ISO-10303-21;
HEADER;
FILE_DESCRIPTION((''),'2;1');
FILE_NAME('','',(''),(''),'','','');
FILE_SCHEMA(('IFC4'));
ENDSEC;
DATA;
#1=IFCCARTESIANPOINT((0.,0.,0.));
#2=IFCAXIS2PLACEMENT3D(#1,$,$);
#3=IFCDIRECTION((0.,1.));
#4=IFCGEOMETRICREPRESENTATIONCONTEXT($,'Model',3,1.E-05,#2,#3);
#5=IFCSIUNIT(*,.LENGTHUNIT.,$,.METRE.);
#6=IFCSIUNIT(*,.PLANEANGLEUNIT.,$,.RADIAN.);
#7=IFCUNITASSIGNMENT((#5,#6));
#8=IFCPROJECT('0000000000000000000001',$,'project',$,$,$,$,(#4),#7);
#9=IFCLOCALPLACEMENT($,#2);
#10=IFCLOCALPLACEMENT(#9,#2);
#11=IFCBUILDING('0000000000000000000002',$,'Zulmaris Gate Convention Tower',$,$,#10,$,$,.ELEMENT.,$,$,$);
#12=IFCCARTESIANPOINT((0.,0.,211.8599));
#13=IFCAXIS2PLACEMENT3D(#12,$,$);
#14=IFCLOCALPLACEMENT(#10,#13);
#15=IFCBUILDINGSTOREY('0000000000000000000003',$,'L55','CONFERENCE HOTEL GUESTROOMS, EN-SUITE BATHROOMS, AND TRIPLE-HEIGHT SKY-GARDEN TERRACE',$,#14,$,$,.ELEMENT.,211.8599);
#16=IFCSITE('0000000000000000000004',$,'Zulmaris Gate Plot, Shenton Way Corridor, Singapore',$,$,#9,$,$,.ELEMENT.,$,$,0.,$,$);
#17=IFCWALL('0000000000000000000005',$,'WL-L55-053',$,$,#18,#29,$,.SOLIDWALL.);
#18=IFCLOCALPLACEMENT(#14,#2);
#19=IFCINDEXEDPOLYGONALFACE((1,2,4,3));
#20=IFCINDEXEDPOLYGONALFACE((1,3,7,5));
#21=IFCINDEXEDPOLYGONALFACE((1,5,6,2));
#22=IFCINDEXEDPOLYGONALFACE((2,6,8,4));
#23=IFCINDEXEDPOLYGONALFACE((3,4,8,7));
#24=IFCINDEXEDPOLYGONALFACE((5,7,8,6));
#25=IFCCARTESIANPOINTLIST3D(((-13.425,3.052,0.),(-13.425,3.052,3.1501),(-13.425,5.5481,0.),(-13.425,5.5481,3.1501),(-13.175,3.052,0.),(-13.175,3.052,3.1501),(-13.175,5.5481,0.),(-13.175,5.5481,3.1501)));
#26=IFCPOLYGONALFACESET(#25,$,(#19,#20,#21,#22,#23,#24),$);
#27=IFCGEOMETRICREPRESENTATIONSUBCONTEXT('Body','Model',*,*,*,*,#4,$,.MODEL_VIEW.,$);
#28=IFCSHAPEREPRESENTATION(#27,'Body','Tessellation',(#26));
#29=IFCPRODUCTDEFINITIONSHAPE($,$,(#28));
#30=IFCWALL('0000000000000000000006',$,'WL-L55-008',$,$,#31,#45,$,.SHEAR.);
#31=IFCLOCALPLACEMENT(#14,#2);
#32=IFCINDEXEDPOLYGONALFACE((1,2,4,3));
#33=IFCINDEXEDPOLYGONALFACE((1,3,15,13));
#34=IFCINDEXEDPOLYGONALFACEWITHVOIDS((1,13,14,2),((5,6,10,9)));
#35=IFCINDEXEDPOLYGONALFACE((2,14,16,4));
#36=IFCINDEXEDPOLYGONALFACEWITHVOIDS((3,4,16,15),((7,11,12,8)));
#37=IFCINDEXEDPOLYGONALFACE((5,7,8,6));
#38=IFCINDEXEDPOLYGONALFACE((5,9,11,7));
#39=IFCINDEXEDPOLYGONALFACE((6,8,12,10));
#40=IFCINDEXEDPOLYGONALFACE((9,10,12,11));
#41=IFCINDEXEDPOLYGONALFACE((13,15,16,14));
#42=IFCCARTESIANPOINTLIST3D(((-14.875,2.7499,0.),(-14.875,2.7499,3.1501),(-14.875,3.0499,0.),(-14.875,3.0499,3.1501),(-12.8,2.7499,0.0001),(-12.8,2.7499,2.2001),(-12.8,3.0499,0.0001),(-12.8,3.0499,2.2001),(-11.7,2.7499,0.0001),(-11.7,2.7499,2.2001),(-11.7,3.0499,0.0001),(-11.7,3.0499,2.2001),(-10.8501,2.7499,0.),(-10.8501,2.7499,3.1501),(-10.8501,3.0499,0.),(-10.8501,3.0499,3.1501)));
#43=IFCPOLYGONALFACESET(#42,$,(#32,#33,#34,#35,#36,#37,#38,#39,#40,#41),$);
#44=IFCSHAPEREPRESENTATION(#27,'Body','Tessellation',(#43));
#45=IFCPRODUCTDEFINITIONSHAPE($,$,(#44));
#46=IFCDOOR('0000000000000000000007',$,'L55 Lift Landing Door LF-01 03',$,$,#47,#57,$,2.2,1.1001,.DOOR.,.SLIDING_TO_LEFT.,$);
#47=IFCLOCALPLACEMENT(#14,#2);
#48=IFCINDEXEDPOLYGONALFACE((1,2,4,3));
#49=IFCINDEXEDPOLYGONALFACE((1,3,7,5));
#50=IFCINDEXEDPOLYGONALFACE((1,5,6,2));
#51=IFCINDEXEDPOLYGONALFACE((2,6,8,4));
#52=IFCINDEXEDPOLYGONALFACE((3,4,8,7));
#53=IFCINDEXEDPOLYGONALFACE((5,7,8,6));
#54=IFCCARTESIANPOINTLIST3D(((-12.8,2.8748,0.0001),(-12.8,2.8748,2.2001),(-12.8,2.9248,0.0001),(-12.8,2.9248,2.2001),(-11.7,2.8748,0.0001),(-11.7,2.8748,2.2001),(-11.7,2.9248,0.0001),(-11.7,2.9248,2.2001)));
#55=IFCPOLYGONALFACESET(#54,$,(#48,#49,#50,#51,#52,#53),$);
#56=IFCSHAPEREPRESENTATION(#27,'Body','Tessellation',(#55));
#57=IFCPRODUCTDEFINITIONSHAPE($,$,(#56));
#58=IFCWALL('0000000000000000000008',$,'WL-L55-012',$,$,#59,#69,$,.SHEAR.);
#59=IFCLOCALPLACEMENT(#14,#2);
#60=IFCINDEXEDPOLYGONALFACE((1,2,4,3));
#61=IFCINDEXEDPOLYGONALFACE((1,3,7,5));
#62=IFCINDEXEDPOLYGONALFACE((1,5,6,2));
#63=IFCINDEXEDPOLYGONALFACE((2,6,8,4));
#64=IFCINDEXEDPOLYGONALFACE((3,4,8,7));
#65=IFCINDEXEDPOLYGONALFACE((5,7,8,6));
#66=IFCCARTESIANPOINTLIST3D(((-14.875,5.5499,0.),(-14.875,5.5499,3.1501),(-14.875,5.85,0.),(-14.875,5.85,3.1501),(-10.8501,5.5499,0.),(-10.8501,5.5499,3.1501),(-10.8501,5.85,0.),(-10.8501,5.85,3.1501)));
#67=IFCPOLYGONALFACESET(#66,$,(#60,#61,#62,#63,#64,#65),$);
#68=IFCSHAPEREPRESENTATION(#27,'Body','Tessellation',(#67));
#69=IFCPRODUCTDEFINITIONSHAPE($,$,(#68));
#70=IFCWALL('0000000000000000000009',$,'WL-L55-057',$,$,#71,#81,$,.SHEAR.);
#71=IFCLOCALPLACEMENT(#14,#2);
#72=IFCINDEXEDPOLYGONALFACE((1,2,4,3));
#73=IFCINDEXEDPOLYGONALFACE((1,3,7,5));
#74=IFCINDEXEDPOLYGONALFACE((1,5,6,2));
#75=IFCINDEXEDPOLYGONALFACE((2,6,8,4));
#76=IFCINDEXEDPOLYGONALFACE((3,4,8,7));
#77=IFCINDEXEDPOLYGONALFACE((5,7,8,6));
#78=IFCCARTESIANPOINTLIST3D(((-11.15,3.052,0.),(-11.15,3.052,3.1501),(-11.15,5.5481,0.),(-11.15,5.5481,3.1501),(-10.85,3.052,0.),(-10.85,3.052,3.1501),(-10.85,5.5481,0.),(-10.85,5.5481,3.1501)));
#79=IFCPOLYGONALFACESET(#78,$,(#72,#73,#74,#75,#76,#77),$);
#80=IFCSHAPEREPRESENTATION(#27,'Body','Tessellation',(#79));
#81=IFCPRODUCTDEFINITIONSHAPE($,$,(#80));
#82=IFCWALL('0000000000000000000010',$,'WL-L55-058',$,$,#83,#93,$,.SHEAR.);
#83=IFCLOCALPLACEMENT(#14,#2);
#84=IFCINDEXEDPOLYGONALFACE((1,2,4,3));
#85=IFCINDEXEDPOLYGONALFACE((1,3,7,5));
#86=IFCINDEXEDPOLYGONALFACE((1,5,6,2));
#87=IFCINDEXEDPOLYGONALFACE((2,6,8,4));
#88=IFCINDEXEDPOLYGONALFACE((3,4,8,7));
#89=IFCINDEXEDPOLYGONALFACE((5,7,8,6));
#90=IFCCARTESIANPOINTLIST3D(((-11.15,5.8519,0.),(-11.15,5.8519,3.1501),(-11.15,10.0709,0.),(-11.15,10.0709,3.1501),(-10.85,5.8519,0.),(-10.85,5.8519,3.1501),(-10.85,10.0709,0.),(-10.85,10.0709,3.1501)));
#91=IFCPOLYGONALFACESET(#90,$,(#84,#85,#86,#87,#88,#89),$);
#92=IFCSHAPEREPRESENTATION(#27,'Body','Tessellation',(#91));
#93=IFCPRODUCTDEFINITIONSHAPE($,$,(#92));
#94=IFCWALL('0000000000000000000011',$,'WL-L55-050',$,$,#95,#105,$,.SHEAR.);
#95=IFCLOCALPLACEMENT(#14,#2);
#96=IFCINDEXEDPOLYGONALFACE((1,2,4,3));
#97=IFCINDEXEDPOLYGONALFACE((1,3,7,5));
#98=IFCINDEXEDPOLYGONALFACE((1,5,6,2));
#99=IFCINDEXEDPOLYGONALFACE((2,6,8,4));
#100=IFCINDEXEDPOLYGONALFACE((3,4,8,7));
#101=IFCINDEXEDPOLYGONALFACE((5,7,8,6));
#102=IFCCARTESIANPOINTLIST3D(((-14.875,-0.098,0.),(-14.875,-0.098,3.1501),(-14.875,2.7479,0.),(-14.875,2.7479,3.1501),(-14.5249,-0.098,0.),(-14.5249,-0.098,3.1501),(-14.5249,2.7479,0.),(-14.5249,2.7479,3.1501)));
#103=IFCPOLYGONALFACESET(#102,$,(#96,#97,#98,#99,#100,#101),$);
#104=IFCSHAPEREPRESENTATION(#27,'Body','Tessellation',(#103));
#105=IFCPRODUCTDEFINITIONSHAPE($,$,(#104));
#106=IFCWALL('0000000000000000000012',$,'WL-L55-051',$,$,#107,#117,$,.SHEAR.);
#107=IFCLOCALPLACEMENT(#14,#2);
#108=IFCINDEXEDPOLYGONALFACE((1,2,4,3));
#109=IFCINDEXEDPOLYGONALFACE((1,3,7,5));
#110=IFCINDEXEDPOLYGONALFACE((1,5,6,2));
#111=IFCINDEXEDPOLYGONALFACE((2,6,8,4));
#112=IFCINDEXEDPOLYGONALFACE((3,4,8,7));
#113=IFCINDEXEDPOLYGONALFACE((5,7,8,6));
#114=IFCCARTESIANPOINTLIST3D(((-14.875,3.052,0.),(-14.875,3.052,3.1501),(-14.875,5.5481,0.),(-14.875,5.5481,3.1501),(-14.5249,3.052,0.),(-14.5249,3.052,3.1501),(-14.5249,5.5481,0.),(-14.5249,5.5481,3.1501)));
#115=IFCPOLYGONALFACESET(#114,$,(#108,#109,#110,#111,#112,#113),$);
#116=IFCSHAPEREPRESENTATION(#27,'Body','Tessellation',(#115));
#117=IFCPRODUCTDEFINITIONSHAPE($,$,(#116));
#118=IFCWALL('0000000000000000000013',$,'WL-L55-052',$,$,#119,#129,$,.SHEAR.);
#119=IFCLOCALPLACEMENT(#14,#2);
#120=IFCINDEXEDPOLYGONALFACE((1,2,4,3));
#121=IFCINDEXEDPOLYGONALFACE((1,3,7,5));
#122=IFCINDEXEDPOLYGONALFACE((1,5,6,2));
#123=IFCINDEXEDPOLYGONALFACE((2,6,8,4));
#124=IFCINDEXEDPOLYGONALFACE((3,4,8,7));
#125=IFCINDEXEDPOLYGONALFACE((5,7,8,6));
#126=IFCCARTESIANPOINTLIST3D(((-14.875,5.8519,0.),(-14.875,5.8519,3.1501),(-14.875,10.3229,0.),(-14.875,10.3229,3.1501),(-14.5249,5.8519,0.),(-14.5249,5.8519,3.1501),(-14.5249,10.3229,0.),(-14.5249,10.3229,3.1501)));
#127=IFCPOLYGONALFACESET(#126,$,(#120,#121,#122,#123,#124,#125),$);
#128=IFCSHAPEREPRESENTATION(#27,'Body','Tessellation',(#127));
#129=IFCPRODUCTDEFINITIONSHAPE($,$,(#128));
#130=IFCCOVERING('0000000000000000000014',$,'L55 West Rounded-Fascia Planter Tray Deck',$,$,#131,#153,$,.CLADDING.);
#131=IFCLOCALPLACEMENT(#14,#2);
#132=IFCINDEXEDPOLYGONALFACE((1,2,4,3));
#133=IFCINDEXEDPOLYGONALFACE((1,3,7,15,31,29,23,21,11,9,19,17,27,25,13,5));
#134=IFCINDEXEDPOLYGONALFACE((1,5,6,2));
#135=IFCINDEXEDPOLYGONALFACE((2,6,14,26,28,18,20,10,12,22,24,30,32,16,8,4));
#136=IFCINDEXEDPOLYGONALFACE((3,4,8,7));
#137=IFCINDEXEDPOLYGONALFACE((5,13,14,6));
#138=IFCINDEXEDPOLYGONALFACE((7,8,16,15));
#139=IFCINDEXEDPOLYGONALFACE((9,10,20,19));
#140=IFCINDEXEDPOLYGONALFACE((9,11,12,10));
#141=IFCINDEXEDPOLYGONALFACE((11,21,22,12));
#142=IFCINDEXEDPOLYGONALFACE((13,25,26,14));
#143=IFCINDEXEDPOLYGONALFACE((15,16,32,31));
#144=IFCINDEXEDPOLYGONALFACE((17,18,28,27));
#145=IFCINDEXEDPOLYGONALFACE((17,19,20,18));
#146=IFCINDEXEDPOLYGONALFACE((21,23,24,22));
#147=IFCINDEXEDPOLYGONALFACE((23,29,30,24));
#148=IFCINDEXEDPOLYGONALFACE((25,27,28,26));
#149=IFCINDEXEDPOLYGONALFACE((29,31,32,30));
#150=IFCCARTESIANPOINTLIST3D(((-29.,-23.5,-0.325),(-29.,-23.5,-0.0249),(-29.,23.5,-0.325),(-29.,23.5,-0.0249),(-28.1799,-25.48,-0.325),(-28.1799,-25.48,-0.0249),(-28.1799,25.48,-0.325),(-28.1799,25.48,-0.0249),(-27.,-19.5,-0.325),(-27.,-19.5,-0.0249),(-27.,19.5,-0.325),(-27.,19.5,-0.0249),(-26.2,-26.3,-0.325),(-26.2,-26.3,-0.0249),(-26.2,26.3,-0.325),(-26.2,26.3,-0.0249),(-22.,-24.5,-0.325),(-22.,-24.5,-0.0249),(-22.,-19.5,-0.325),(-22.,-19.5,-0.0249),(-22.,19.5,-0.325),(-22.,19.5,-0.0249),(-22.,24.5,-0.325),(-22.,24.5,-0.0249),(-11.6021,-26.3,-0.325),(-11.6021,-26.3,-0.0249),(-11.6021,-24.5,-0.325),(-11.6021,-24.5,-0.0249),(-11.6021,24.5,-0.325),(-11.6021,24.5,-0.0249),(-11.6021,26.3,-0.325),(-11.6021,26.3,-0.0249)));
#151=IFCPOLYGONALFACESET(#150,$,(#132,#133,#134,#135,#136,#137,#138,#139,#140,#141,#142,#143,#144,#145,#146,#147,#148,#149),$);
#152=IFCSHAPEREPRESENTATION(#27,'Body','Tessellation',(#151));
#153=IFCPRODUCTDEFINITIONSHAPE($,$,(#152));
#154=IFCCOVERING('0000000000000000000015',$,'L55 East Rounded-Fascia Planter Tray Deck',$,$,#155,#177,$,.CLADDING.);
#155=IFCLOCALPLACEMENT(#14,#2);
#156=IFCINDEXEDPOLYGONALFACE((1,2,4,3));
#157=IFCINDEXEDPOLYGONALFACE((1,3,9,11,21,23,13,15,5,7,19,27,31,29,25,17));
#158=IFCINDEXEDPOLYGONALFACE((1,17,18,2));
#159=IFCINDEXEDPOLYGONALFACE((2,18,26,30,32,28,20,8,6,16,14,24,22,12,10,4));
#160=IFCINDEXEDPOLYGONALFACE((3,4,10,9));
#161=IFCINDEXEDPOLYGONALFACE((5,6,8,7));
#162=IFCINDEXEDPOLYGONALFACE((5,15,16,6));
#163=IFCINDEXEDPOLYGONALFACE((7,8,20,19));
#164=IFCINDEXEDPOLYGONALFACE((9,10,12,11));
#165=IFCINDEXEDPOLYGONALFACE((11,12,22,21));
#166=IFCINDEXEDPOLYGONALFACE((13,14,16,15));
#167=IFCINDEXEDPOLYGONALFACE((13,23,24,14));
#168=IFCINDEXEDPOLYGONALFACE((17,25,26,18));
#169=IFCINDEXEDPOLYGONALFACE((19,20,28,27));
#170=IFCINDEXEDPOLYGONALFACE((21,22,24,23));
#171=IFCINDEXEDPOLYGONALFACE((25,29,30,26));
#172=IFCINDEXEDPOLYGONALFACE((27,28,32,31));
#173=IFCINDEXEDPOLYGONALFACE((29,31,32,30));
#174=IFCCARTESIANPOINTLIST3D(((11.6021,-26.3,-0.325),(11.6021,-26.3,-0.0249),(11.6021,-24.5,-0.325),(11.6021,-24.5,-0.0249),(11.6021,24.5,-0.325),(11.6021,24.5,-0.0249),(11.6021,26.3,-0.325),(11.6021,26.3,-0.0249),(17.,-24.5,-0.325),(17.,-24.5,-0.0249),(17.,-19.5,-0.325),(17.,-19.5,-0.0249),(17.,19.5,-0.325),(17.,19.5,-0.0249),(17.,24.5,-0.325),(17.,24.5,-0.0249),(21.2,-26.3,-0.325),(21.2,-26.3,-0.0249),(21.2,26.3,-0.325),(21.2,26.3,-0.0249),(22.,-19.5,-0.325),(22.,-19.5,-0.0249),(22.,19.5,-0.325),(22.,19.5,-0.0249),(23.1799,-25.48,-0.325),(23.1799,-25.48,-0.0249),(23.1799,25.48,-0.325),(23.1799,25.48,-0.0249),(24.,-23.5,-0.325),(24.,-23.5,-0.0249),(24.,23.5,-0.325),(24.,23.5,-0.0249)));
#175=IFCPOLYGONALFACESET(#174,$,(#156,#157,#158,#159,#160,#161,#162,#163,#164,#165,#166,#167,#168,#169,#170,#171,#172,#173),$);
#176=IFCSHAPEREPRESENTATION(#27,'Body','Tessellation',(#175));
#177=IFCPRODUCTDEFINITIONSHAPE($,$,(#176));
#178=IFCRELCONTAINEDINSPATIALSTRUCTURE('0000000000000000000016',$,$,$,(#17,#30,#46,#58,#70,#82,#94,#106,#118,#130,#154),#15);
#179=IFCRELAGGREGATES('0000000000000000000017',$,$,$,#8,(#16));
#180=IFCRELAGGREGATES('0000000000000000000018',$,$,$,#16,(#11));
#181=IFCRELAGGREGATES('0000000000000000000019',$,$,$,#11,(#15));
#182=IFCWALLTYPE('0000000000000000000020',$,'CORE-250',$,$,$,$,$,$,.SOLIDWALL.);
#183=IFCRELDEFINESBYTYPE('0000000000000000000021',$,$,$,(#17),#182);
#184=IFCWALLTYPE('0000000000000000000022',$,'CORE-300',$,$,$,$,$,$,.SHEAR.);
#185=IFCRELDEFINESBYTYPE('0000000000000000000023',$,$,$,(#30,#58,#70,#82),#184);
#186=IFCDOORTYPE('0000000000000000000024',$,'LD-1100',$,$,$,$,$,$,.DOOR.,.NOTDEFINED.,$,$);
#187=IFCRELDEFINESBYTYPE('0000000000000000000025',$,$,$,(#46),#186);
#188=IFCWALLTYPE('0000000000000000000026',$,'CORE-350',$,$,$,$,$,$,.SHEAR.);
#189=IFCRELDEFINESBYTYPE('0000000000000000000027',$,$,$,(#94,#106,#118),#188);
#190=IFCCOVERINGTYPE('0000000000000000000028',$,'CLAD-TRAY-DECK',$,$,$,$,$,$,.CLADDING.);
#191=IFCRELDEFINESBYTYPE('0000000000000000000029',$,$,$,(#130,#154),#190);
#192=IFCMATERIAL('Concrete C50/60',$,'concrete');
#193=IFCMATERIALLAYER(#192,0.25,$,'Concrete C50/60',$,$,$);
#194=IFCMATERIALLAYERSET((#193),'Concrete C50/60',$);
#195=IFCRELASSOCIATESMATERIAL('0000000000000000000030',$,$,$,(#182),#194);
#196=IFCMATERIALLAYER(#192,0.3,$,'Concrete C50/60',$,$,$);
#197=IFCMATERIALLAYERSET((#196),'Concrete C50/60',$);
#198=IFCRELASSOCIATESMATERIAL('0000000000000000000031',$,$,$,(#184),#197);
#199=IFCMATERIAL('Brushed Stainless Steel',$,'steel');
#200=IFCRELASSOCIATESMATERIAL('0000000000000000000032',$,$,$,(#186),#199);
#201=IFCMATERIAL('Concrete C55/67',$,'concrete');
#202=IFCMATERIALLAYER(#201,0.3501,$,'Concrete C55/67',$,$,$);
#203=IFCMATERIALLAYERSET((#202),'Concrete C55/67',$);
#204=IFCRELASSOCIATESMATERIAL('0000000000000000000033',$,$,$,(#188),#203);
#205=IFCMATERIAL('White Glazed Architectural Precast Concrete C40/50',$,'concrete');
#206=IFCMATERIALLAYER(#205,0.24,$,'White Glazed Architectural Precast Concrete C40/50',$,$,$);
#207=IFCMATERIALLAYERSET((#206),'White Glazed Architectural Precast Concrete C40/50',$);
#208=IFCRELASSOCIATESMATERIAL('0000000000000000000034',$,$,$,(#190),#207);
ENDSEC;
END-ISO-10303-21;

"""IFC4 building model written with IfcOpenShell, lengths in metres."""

from ifc_helpers import new_model, si_unit, direction, frame, frame_2d, origin, place, context, subcontext, project, spatial, polyline, rectangle, outline, extrude, material, layer, layer_set, type_object, element, fill, save


model = new_model("IFC4")

# Units and contexts
model_context = context("Model", 3, precision=1e-05, world=origin(), true_north=direction((0.0, 1.0)))
body_context = subcontext(model_context, "Body", "Model", "MODEL_VIEW")
ifc_project = project(units=[si_unit("LENGTHUNIT", "METRE"), si_unit("PLANEANGLEUNIT", "RADIAN")], contexts=[model_context])

# Site, building, storey
site_placement = place(None, origin())
site = spatial("IfcSite", under=ifc_project, at=site_placement, Name="Zulmaris Gate Plot, Shenton Way Corridor, Singapore", CompositionType="ELEMENT", RefElevation=0.0)
building_placement = place(site_placement, origin())
building = spatial("IfcBuilding", under=site, at=building_placement, Name="Zulmaris Gate Convention Tower", CompositionType="ELEMENT")
storey_placement = place(building_placement, frame((0.0, 0.0, 211.8599)))
storey = spatial("IfcBuildingStorey", under=building, at=storey_placement, Name="L55", Description="CONFERENCE HOTEL GUESTROOMS, EN-SUITE BATHROOMS, AND TRIPLE-HEIGHT SKY-GARDEN TERRACE", CompositionType="ELEMENT", Elevation=211.8599)

# Shared definitions
ifc_material_1 = material(Name="Concrete C50/60", Category="concrete")

# Wall
ifc_layer_1 = layer(ifc_material_1, 0.25, Name="Concrete C50/60")
ifc_layer_set_1 = layer_set([ifc_layer_1], Name="Concrete C50/60")
wall_type_1 = type_object("IfcWallType", Name="CORE-250", PredefinedType="SOLIDWALL", material=ifc_layer_set_1)
wall_1_placement = place(storey_placement, frame((-13.3, 3.052, 0.0), z_axis=(0.0, 0.0, 1.0), x_axis=(0.0, 1.0, 0.0)))
element("IfcWall", 1, at=wall_1_placement, inside=storey, type_object=wall_type_1, Name="WL-L55-053", PredefinedType="SOLIDWALL", context=body_context, shape_type="SweptSolid", body=[
    extrude(rectangle(XDim=2.4961, YDim=0.25, at=frame_2d((1.248, 0.0))), origin(), (0.0, 0.0, 1.0), 3.1501),
])

# Wall, opening, door
ifc_layer_2 = layer(ifc_material_1, 0.3, Name="Concrete C50/60")
ifc_layer_set_2 = layer_set([ifc_layer_2], Name="Concrete C50/60")
wall_type_2 = type_object("IfcWallType", Name="CORE-300", PredefinedType="SHEAR", material=ifc_layer_set_2)
wall_2_placement = place(storey_placement, frame((-14.875, 2.8999, 0.0), z_axis=(0.0, 0.0, 1.0), x_axis=(1.0, 0.0, 0.0)))
wall_2 = element("IfcWall", 2, at=wall_2_placement, inside=storey, type_object=wall_type_2, Name="WL-L55-008", PredefinedType="SHEAR", context=body_context, shape_type="SweptSolid", body=[
    extrude(rectangle(XDim=4.0249, YDim=0.3, at=frame_2d((2.0125, 0.0))), origin(), (0.0, 0.0, 1.0), 3.1501),
])
opening_1_placement = place(wall_2_placement, frame((2.075, 0.0, 0.0)))
opening_1 = element("IfcOpeningElement", 3, at=opening_1_placement, cuts=wall_2, PredefinedType="OPENING", context=body_context, shape_type="SweptSolid", body=[
    extrude(rectangle(XDim=1.1001, YDim=2.2, at=frame_2d((0.55, 1.1001))), frame((0.0, 0.1602, 0.0), z_axis=(0.0, -1.0, 0.0), x_axis=(1.0, 0.0, 0.0)), (0.0, 0.0, 1.0), 0.3201),
])
ifc_material_2 = material(Name="Brushed Stainless Steel", Category="steel")
door_type_1 = type_object("IfcDoorType", Name="LD-1100", OperationType="NOTDEFINED", PredefinedType="DOOR", material=ifc_material_2)
door_1_placement = place(opening_1_placement, origin())
door_1 = element("IfcDoor", 4, at=door_1_placement, inside=storey, type_object=door_type_1, Name="L55 Lift Landing Door LF-01 03", OperationType="SLIDING_TO_LEFT", OverallHeight=2.2, OverallWidth=1.1001, PredefinedType="DOOR", context=body_context, shape_type="SweptSolid", body=[
    extrude(rectangle(XDim=1.1001, YDim=2.2, at=frame_2d((0.55, 1.1001))), frame((0.0, 0.0249, 0.0), z_axis=(0.0, -1.0, 0.0), x_axis=(1.0, 0.0, 0.0)), (0.0, 0.0, 1.0), 0.05),
])
fill(opening_1, door_1)

# Wall
wall_3_placement = place(storey_placement, frame((-14.875, 5.7, 0.0), z_axis=(0.0, 0.0, 1.0), x_axis=(1.0, 0.0, 0.0)))
element("IfcWall", 5, at=wall_3_placement, inside=storey, type_object=wall_type_2, Name="WL-L55-012", PredefinedType="SHEAR", context=body_context, shape_type="SweptSolid", body=[
    extrude(rectangle(XDim=4.0249, YDim=0.3, at=frame_2d((2.0125, 0.0))), origin(), (0.0, 0.0, 1.0), 3.1501),
])

# Walls
wall_4_placement = place(storey_placement, frame((-11.0, 3.052, 0.0), z_axis=(0.0, 0.0, 1.0), x_axis=(0.0, 1.0, 0.0)))
element("IfcWall", 6, at=wall_4_placement, inside=storey, type_object=wall_type_2, Name="WL-L55-057", PredefinedType="SHEAR", context=body_context, shape_type="SweptSolid", body=[
    extrude(rectangle(XDim=2.4961, YDim=0.3, at=frame_2d((1.248, 0.0))), origin(), (0.0, 0.0, 1.0), 3.1501),
])
wall_5_placement = place(storey_placement, frame((-11.0, 5.8521, 0.0), z_axis=(0.0, 0.0, 1.0), x_axis=(0.0, 1.0, 0.0)))
element("IfcWall", 7, at=wall_5_placement, inside=storey, type_object=wall_type_2, Name="WL-L55-058", PredefinedType="SHEAR", context=body_context, shape_type="SweptSolid", body=[
    extrude(rectangle(XDim=4.219, YDim=0.3, at=frame_2d((2.1094, 0.0))), origin(), (0.0, 0.0, 1.0), 3.1501),
])
ifc_material_3 = material(Name="Concrete C55/67", Category="concrete")
ifc_layer_3 = layer(ifc_material_3, 0.3501, Name="Concrete C55/67")
ifc_layer_set_3 = layer_set([ifc_layer_3], Name="Concrete C55/67")
wall_type_3 = type_object("IfcWallType", Name="CORE-350", PredefinedType="SHEAR", material=ifc_layer_set_3)
wall_6_placement = place(storey_placement, frame((-14.7, -0.0979, 0.0), z_axis=(0.0, 0.0, 1.0), x_axis=(0.0, 1.0, 0.0)))
element("IfcWall", 8, at=wall_6_placement, inside=storey, type_object=wall_type_3, Name="WL-L55-050", PredefinedType="SHEAR", context=body_context, shape_type="SweptSolid", body=[
    extrude(rectangle(XDim=2.8459, YDim=0.3501, at=frame_2d((1.4229, 0.0))), origin(), (0.0, 0.0, 1.0), 3.1501),
])
wall_7_placement = place(storey_placement, frame((-14.7, 3.052, 0.0), z_axis=(0.0, 0.0, 1.0), x_axis=(0.0, 1.0, 0.0)))
element("IfcWall", 9, at=wall_7_placement, inside=storey, type_object=wall_type_3, Name="WL-L55-051", PredefinedType="SHEAR", context=body_context, shape_type="SweptSolid", body=[
    extrude(rectangle(XDim=2.4961, YDim=0.3501, at=frame_2d((1.248, 0.0))), origin(), (0.0, 0.0, 1.0), 3.1501),
])
wall_8_placement = place(storey_placement, frame((-14.7, 5.8521, 0.0), z_axis=(0.0, 0.0, 1.0), x_axis=(0.0, 1.0, 0.0)))
element("IfcWall", 10, at=wall_8_placement, inside=storey, type_object=wall_type_3, Name="WL-L55-052", PredefinedType="SHEAR", context=body_context, shape_type="SweptSolid", body=[
    extrude(rectangle(XDim=4.4709, YDim=0.3501, at=frame_2d((2.2354, 0.0))), origin(), (0.0, 0.0, 1.0), 3.1501),
])

# Coverings
ifc_material_4 = material(Name="White Glazed Architectural Precast Concrete C40/50", Category="concrete")
ifc_layer_4 = layer(ifc_material_4, 0.24, Name="White Glazed Architectural Precast Concrete C40/50")
ifc_layer_set_4 = layer_set([ifc_layer_4], Name="White Glazed Architectural Precast Concrete C40/50")
covering_type = type_object("IfcCoveringType", Name="CLAD-TRAY-DECK", PredefinedType="CLADDING", material=ifc_layer_set_4)
covering_1_placement = place(storey_placement, frame((0.0, 0.0, -0.325)))
element("IfcCovering", 11, at=covering_1_placement, inside=storey, type_object=covering_type, Name="L55 West Rounded-Fascia Planter Tray Deck", PredefinedType="CLADDING", context=body_context, shape_type="SweptSolid", body=[
    extrude(outline(polyline([(-29.0, 23.5), (-28.1799, 25.48), (-26.2, 26.3), (-11.6021, 26.3), (-11.6021, 24.5), (-22.0, 24.5), (-22.0, 19.5), (-27.0, 19.5), (-27.0, -19.5), (-22.0, -19.5), (-22.0, -24.5), (-11.6021, -24.5), (-11.6021, -26.3), (-26.2, -26.3), (-28.1799, -25.48), (-29.0, -23.5), (-29.0, 23.5)])), origin(), (0.0, 0.0, 1.0), 0.3),
])
covering_2_placement = place(storey_placement, frame((0.0, 0.0, -0.325)))
element("IfcCovering", 12, at=covering_2_placement, inside=storey, type_object=covering_type, Name="L55 East Rounded-Fascia Planter Tray Deck", PredefinedType="CLADDING", context=body_context, shape_type="SweptSolid", body=[
    extrude(outline(polyline([(21.2, 26.3), (23.1799, 25.48), (24.0, 23.5), (24.0, -23.5), (23.1799, -25.48), (21.2, -26.3), (11.6021, -26.3), (11.6021, -24.5), (17.0, -24.5), (17.0, -19.5), (22.0, -19.5), (22.0, 19.5), (17.0, 19.5), (17.0, 24.5), (11.6021, 24.5), (11.6021, 26.3), (21.2, 26.3)])), origin(), (0.0, 0.0, 1.0), 0.3),
])

save(model, "model.ifc")
